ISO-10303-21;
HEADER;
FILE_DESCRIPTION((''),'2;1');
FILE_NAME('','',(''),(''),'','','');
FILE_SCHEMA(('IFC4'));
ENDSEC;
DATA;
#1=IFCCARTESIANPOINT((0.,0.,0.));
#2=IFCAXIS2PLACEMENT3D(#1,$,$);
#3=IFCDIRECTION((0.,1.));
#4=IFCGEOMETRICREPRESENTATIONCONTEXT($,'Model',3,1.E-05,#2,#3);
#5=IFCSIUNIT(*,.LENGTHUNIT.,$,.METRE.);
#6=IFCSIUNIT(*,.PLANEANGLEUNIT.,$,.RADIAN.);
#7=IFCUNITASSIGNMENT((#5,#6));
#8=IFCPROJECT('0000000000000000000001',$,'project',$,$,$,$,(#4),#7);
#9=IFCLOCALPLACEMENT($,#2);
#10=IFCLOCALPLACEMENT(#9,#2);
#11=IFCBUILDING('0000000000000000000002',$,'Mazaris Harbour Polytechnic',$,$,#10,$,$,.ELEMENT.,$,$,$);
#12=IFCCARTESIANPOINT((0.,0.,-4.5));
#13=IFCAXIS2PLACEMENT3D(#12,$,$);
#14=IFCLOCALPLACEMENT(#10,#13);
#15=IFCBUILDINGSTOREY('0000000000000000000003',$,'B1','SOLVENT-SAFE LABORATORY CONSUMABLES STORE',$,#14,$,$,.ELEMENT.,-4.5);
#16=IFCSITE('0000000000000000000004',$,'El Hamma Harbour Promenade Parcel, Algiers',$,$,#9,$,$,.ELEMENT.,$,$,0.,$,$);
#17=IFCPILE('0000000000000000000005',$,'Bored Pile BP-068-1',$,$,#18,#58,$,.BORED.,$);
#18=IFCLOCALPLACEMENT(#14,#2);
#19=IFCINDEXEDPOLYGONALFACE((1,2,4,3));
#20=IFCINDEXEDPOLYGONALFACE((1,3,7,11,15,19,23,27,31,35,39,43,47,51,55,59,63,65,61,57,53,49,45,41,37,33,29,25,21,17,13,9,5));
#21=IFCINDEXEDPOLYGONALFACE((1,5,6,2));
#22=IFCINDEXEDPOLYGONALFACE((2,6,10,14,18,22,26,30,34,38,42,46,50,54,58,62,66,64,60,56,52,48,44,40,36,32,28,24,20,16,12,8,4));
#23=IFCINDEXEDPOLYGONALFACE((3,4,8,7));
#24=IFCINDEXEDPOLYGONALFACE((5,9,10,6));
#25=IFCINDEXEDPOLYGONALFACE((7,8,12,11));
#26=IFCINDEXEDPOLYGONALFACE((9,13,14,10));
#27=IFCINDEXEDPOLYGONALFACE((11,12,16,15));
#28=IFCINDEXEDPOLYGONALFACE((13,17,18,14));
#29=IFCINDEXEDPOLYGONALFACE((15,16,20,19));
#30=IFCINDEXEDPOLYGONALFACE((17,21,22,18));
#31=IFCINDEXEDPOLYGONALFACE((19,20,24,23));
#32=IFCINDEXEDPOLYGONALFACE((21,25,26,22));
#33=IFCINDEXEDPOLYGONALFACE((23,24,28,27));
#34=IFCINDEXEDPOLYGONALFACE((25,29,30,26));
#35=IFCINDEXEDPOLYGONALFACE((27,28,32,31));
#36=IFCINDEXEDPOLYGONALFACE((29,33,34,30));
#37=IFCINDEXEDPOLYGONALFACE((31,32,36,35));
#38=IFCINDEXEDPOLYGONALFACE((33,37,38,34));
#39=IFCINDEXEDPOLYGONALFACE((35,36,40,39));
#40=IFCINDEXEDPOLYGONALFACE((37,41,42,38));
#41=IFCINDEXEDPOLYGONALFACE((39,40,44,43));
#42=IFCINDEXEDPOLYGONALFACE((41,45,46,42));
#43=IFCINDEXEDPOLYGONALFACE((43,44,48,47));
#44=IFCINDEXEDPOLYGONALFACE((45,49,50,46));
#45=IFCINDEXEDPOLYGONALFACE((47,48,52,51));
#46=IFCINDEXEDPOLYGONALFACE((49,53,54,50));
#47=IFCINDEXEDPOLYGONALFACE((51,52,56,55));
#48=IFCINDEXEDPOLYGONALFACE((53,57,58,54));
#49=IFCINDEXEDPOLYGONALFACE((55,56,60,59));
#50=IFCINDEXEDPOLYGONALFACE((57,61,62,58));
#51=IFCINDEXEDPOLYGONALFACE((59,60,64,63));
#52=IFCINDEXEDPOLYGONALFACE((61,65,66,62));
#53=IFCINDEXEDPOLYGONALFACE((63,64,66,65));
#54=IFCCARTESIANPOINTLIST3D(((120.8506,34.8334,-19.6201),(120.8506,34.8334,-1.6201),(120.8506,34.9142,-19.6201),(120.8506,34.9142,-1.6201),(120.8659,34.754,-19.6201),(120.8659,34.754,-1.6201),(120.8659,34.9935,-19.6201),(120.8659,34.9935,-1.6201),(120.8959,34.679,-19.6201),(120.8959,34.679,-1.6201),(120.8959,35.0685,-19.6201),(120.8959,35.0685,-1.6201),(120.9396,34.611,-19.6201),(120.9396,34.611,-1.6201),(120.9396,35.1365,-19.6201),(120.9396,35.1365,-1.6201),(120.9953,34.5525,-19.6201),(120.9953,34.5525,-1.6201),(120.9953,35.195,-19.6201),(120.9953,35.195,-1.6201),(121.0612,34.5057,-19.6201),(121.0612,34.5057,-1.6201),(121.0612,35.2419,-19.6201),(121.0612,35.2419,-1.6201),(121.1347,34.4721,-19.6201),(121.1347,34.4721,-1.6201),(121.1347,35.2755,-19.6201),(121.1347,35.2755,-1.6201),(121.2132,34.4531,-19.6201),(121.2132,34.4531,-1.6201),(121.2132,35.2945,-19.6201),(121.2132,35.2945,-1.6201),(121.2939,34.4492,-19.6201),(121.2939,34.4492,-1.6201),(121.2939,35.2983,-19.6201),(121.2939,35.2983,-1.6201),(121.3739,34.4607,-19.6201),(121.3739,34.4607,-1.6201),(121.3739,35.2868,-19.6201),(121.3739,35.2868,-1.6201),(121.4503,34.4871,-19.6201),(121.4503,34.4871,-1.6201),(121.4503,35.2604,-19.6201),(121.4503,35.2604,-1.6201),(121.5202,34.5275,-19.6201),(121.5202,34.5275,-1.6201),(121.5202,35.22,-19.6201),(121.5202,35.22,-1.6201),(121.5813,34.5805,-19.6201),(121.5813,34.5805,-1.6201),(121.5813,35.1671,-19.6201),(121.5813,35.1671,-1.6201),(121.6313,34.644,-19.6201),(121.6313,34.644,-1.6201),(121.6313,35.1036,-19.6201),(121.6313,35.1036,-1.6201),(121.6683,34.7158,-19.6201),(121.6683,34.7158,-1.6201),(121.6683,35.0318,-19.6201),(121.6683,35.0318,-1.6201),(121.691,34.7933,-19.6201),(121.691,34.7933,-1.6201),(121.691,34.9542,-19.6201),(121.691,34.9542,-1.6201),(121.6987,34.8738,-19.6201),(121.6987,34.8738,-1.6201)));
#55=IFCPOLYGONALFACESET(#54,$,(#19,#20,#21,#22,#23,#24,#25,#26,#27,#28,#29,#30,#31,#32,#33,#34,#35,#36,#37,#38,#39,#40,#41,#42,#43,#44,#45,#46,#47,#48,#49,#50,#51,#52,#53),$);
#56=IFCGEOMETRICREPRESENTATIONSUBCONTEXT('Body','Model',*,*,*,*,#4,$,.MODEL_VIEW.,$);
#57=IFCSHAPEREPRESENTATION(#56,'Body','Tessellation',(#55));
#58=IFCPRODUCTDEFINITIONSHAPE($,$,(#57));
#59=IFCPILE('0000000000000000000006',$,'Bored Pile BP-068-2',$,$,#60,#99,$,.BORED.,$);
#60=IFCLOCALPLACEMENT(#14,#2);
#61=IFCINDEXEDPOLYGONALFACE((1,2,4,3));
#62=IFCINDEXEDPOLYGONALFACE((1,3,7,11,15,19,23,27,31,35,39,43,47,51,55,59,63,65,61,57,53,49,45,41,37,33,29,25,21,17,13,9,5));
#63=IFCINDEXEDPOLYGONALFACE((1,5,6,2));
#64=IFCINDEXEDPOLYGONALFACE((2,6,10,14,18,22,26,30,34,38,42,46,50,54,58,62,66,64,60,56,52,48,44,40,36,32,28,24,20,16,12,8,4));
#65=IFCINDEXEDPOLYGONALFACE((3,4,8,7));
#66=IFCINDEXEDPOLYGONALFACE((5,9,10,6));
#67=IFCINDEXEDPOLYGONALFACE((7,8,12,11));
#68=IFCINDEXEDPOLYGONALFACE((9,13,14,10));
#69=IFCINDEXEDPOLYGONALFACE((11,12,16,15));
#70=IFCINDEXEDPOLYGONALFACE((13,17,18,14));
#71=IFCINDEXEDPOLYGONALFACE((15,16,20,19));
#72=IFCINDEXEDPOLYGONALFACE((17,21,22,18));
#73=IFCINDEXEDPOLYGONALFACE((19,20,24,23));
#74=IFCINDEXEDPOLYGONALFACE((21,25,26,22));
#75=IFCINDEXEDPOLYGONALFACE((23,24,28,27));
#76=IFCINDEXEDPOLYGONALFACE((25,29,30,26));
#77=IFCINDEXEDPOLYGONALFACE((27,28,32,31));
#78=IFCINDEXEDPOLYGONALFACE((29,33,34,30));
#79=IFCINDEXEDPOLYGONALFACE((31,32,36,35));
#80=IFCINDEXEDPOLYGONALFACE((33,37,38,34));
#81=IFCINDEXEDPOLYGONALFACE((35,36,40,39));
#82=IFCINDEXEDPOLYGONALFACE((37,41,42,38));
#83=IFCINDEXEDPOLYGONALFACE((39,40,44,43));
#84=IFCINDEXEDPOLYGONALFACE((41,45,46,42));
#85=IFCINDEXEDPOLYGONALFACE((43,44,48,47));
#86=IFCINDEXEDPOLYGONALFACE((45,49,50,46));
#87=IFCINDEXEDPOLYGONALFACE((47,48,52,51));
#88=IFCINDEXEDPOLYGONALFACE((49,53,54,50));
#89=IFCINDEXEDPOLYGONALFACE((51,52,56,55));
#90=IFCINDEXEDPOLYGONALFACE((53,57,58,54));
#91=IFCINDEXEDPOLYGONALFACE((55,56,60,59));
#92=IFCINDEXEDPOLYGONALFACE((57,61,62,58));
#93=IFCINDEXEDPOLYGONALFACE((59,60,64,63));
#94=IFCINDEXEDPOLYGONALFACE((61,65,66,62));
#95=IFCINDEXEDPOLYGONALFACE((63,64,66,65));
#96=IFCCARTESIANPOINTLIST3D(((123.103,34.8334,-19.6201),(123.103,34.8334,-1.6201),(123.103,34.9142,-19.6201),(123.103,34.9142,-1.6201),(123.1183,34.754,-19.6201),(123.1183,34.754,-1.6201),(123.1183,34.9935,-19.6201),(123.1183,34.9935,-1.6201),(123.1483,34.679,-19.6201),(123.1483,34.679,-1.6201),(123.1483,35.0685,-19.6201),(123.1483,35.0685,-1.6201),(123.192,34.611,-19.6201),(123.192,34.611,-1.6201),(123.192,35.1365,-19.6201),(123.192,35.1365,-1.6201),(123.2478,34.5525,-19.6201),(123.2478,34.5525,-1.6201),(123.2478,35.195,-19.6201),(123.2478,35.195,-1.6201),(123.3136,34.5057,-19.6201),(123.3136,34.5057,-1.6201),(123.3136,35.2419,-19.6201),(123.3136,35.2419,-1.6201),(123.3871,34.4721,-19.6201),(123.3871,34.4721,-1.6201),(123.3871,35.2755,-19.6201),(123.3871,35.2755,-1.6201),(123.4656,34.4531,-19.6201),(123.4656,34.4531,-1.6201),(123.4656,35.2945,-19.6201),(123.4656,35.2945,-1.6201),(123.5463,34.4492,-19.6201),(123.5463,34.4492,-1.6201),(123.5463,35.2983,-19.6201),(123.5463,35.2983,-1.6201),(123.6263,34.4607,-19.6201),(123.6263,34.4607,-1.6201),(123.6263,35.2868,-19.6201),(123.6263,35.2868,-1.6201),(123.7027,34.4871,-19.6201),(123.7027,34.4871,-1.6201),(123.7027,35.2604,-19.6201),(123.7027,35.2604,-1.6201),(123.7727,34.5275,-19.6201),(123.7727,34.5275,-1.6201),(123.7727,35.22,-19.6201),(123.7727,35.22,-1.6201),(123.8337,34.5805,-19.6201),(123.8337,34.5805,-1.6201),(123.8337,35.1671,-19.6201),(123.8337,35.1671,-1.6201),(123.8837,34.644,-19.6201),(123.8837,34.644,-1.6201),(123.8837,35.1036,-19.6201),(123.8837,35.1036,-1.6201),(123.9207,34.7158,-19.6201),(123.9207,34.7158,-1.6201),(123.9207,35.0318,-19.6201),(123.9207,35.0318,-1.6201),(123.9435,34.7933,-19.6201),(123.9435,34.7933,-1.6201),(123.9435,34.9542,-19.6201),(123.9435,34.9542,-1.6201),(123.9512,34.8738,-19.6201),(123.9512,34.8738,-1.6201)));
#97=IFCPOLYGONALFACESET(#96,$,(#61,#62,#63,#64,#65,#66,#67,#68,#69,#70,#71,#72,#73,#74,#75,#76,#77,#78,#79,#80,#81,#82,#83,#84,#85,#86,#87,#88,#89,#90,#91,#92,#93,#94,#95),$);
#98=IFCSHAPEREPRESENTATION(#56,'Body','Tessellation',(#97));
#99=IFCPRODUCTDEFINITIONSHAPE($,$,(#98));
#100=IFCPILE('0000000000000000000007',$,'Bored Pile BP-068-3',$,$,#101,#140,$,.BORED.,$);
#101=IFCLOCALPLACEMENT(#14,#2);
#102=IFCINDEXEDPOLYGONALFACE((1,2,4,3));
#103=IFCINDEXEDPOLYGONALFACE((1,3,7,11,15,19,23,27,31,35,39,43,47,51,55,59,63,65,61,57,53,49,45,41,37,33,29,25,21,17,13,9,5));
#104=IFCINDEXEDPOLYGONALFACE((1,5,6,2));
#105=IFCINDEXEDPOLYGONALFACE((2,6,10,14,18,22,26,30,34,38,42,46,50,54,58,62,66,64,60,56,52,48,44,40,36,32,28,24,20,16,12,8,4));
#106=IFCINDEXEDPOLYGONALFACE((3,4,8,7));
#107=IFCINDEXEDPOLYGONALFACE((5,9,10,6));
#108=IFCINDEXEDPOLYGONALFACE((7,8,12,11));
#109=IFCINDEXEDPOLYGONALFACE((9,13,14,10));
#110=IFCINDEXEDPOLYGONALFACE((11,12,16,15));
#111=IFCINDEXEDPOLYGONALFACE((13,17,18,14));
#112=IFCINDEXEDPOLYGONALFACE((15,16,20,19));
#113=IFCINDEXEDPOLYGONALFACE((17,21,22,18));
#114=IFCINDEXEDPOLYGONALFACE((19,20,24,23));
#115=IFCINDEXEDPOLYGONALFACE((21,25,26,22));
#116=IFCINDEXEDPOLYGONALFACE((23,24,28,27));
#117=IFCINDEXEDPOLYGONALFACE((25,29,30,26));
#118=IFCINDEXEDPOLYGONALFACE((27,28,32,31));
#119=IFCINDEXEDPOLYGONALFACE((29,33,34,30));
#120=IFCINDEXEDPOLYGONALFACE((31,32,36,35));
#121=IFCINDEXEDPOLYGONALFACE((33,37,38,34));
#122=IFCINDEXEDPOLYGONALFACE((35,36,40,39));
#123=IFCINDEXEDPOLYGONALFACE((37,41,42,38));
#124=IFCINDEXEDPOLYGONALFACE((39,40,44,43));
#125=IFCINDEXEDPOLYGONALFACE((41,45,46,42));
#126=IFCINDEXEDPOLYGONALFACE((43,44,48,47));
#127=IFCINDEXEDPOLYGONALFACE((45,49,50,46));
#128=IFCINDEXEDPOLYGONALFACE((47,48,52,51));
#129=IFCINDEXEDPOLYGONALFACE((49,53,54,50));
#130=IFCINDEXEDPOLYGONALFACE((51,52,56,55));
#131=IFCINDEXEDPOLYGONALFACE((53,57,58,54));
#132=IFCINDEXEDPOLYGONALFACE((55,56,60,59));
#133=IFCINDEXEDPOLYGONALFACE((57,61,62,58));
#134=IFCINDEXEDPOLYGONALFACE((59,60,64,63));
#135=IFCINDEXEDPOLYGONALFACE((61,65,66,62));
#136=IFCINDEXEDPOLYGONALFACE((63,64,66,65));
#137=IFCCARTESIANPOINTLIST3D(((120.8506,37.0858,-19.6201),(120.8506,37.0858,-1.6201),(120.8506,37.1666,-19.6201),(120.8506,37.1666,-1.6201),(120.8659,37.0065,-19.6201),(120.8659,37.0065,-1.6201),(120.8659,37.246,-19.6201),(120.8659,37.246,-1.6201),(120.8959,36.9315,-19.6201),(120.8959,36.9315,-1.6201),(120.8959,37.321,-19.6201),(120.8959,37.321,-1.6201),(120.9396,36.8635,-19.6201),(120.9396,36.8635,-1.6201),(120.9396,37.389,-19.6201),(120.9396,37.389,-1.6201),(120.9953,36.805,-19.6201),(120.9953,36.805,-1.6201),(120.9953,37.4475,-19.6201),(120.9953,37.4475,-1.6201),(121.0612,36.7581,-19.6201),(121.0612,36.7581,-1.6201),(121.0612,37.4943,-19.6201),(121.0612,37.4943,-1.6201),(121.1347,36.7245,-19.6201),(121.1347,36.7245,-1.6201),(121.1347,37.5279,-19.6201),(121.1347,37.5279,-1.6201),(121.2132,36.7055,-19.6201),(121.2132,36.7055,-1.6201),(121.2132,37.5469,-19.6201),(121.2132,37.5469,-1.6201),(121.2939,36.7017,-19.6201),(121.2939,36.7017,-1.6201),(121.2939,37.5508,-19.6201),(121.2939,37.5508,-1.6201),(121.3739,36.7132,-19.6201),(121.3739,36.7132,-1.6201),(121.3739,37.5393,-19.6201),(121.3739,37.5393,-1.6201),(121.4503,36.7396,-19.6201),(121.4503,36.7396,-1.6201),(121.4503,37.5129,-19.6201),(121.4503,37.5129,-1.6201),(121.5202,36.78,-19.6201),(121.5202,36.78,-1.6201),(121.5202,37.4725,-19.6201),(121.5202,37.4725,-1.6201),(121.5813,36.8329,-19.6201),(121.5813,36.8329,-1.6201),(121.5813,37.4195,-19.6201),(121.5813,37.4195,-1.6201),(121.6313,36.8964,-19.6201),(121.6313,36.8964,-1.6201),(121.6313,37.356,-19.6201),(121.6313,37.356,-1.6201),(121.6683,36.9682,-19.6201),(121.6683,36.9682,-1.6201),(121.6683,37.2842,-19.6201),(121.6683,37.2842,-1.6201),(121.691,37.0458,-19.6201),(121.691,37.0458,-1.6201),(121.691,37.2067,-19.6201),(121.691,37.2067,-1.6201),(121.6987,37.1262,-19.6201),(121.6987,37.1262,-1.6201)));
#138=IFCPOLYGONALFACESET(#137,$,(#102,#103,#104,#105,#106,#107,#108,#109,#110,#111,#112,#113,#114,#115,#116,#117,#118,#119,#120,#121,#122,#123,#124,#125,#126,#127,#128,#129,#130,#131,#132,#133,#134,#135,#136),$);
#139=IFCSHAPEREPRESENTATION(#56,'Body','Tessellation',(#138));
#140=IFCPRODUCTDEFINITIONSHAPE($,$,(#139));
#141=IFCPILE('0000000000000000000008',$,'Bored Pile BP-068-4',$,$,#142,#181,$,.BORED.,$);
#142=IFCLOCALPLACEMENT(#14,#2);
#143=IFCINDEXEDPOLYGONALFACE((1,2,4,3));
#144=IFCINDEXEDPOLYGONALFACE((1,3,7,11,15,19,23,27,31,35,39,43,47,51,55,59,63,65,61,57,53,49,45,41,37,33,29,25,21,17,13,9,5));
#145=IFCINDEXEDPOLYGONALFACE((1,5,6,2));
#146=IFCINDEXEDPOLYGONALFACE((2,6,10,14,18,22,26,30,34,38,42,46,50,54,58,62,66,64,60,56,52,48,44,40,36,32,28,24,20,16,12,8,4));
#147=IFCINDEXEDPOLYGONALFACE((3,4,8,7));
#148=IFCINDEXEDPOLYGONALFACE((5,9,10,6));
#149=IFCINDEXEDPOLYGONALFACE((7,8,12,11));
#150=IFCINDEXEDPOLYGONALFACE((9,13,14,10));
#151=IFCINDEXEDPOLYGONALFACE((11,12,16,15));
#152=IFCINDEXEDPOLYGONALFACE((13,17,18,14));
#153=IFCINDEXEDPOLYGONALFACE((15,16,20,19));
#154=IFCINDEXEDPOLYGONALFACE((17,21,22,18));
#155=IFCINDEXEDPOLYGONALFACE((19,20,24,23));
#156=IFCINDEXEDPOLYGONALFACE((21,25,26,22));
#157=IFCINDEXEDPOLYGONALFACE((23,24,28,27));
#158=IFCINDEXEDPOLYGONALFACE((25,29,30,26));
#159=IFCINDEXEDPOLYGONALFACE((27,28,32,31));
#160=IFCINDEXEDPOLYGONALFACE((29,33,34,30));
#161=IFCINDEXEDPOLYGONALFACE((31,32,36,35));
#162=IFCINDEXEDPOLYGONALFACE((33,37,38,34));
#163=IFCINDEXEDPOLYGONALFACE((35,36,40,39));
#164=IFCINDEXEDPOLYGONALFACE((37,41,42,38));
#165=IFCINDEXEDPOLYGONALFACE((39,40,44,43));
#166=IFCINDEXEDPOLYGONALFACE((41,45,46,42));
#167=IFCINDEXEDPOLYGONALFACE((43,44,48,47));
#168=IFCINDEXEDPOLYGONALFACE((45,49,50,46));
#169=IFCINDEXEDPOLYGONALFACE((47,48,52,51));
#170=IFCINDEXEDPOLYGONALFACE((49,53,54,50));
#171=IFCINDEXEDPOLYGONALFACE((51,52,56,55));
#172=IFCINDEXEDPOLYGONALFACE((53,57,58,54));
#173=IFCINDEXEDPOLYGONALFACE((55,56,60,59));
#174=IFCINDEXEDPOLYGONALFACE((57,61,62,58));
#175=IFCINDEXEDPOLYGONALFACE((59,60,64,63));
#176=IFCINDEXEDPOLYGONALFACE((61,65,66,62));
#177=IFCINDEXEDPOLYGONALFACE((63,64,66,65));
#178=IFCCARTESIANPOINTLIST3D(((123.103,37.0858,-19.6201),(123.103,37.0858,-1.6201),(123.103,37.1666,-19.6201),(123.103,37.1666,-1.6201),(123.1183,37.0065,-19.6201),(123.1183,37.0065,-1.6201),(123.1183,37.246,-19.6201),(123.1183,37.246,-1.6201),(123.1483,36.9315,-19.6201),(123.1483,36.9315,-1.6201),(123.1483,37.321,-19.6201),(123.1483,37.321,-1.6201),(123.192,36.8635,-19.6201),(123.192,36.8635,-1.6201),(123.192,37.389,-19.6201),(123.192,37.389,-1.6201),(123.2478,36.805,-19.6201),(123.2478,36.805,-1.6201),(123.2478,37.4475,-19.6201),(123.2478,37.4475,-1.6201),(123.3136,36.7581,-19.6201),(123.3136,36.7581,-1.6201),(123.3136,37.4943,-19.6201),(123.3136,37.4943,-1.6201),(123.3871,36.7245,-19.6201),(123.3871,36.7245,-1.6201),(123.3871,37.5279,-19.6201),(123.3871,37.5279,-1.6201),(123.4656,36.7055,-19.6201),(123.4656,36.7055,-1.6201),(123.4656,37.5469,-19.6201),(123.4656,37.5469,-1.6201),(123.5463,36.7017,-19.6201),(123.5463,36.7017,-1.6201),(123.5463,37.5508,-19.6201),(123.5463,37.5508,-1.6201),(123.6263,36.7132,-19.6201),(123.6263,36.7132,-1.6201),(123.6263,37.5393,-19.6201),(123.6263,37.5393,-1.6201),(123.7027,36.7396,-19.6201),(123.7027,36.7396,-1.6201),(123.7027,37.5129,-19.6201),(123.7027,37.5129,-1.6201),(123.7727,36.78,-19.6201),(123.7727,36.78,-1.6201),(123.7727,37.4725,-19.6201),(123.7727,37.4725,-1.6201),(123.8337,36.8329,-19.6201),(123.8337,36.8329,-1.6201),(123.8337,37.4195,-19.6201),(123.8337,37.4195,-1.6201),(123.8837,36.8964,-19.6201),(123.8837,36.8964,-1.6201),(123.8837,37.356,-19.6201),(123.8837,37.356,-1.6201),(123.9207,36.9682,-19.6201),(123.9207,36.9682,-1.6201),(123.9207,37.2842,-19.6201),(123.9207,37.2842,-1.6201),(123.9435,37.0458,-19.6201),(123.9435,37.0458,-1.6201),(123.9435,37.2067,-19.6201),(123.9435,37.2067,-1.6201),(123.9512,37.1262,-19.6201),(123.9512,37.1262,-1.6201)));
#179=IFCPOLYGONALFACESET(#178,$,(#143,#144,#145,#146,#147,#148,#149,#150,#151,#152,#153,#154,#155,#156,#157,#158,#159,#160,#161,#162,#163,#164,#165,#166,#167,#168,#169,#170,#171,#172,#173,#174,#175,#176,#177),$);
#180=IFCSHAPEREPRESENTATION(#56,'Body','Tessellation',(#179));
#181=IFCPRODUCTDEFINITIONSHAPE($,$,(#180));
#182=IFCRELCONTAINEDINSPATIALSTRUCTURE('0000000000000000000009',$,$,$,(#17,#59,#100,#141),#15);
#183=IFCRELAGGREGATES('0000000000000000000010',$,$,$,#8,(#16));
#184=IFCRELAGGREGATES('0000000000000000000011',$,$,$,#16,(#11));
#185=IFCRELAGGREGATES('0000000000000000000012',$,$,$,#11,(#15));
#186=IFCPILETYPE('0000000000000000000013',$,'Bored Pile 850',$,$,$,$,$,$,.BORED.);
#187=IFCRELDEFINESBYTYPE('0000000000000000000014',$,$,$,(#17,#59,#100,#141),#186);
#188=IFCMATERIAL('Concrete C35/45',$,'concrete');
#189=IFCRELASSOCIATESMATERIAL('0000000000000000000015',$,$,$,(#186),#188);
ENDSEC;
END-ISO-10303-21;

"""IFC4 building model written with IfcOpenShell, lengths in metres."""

from ifc_helpers import new_model, si_unit, direction, frame, origin, origin_2d, place, context, subcontext, project, spatial, circle, extrude, material, material_profile, profile_set, type_object, element, save


model = new_model("IFC4")

# Units and contexts
model_context = context("Model", 3, precision=1e-05, world=origin(), true_north=direction((0.0, 1.0)))
body_context = subcontext(model_context, "Body", "Model", "MODEL_VIEW")
ifc_project = project(units=[si_unit("LENGTHUNIT", "METRE"), si_unit("PLANEANGLEUNIT", "RADIAN")], contexts=[model_context])

# Site, building, storey
site_placement = place(None, origin())
site = spatial("IfcSite", under=ifc_project, at=site_placement, Name="El Hamma Harbour Promenade Parcel, Algiers", CompositionType="ELEMENT", RefElevation=0.0)
building_placement = place(site_placement, origin())
building = spatial("IfcBuilding", under=site, at=building_placement, Name="Mazaris Harbour Polytechnic", CompositionType="ELEMENT")
storey_placement = place(building_placement, frame((0.0, 0.0, -4.5)))
storey = spatial("IfcBuildingStorey", under=building, at=storey_placement, Name="B1", Description="SOLVENT-SAFE LABORATORY CONSUMABLES STORE", CompositionType="ELEMENT", Elevation=-4.5)

# Piles
ifc_material_1 = material(Name="Concrete C35/45", Category="concrete")
ifc_material_profile_1 = material_profile(ifc_material_1, circle(Radius=0.425, at=origin_2d()), Name="DIA850")
ifc_profile_set_1 = profile_set([ifc_material_profile_1], Name="Concrete C35/45")
pile_type_1 = type_object("IfcPileType", Name="Bored Pile 850", PredefinedType="BORED", material=ifc_profile_set_1)
for number, where, z_axis, x_axis, name in (
    (1, (121.2737, 34.8738, -1.6201), (0.0, 0.0, -1.0), (1.0, 0.0, 0.0), "Bored Pile BP-068-1"),
    (2, (123.5261, 34.8738, -1.6201), (0.0, 0.0, -1.0), (1.0, 0.0, 0.0), "Bored Pile BP-068-2"),
    (3, (121.2737, 37.1262, -1.6201), (0.0, 0.0, -1.0), (1.0, 0.0, 0.0), "Bored Pile BP-068-3"),
    (4, (123.5261, 37.1262, -1.6201), (0.0, 0.0, -1.0), (1.0, 0.0, 0.0), "Bored Pile BP-068-4"),
):
    element("IfcPile", number, at=place(storey_placement, frame(where, z_axis=z_axis, x_axis=x_axis)), inside=storey, type_object=pile_type_1, Name=name, PredefinedType="BORED", context=body_context, shape_type="SweptSolid", body=[
        extrude(circle(Radius=0.425, at=origin_2d()), origin(), (0.0, 0.0, 1.0), 18.0),
    ])

save(model, "model.ifc")
